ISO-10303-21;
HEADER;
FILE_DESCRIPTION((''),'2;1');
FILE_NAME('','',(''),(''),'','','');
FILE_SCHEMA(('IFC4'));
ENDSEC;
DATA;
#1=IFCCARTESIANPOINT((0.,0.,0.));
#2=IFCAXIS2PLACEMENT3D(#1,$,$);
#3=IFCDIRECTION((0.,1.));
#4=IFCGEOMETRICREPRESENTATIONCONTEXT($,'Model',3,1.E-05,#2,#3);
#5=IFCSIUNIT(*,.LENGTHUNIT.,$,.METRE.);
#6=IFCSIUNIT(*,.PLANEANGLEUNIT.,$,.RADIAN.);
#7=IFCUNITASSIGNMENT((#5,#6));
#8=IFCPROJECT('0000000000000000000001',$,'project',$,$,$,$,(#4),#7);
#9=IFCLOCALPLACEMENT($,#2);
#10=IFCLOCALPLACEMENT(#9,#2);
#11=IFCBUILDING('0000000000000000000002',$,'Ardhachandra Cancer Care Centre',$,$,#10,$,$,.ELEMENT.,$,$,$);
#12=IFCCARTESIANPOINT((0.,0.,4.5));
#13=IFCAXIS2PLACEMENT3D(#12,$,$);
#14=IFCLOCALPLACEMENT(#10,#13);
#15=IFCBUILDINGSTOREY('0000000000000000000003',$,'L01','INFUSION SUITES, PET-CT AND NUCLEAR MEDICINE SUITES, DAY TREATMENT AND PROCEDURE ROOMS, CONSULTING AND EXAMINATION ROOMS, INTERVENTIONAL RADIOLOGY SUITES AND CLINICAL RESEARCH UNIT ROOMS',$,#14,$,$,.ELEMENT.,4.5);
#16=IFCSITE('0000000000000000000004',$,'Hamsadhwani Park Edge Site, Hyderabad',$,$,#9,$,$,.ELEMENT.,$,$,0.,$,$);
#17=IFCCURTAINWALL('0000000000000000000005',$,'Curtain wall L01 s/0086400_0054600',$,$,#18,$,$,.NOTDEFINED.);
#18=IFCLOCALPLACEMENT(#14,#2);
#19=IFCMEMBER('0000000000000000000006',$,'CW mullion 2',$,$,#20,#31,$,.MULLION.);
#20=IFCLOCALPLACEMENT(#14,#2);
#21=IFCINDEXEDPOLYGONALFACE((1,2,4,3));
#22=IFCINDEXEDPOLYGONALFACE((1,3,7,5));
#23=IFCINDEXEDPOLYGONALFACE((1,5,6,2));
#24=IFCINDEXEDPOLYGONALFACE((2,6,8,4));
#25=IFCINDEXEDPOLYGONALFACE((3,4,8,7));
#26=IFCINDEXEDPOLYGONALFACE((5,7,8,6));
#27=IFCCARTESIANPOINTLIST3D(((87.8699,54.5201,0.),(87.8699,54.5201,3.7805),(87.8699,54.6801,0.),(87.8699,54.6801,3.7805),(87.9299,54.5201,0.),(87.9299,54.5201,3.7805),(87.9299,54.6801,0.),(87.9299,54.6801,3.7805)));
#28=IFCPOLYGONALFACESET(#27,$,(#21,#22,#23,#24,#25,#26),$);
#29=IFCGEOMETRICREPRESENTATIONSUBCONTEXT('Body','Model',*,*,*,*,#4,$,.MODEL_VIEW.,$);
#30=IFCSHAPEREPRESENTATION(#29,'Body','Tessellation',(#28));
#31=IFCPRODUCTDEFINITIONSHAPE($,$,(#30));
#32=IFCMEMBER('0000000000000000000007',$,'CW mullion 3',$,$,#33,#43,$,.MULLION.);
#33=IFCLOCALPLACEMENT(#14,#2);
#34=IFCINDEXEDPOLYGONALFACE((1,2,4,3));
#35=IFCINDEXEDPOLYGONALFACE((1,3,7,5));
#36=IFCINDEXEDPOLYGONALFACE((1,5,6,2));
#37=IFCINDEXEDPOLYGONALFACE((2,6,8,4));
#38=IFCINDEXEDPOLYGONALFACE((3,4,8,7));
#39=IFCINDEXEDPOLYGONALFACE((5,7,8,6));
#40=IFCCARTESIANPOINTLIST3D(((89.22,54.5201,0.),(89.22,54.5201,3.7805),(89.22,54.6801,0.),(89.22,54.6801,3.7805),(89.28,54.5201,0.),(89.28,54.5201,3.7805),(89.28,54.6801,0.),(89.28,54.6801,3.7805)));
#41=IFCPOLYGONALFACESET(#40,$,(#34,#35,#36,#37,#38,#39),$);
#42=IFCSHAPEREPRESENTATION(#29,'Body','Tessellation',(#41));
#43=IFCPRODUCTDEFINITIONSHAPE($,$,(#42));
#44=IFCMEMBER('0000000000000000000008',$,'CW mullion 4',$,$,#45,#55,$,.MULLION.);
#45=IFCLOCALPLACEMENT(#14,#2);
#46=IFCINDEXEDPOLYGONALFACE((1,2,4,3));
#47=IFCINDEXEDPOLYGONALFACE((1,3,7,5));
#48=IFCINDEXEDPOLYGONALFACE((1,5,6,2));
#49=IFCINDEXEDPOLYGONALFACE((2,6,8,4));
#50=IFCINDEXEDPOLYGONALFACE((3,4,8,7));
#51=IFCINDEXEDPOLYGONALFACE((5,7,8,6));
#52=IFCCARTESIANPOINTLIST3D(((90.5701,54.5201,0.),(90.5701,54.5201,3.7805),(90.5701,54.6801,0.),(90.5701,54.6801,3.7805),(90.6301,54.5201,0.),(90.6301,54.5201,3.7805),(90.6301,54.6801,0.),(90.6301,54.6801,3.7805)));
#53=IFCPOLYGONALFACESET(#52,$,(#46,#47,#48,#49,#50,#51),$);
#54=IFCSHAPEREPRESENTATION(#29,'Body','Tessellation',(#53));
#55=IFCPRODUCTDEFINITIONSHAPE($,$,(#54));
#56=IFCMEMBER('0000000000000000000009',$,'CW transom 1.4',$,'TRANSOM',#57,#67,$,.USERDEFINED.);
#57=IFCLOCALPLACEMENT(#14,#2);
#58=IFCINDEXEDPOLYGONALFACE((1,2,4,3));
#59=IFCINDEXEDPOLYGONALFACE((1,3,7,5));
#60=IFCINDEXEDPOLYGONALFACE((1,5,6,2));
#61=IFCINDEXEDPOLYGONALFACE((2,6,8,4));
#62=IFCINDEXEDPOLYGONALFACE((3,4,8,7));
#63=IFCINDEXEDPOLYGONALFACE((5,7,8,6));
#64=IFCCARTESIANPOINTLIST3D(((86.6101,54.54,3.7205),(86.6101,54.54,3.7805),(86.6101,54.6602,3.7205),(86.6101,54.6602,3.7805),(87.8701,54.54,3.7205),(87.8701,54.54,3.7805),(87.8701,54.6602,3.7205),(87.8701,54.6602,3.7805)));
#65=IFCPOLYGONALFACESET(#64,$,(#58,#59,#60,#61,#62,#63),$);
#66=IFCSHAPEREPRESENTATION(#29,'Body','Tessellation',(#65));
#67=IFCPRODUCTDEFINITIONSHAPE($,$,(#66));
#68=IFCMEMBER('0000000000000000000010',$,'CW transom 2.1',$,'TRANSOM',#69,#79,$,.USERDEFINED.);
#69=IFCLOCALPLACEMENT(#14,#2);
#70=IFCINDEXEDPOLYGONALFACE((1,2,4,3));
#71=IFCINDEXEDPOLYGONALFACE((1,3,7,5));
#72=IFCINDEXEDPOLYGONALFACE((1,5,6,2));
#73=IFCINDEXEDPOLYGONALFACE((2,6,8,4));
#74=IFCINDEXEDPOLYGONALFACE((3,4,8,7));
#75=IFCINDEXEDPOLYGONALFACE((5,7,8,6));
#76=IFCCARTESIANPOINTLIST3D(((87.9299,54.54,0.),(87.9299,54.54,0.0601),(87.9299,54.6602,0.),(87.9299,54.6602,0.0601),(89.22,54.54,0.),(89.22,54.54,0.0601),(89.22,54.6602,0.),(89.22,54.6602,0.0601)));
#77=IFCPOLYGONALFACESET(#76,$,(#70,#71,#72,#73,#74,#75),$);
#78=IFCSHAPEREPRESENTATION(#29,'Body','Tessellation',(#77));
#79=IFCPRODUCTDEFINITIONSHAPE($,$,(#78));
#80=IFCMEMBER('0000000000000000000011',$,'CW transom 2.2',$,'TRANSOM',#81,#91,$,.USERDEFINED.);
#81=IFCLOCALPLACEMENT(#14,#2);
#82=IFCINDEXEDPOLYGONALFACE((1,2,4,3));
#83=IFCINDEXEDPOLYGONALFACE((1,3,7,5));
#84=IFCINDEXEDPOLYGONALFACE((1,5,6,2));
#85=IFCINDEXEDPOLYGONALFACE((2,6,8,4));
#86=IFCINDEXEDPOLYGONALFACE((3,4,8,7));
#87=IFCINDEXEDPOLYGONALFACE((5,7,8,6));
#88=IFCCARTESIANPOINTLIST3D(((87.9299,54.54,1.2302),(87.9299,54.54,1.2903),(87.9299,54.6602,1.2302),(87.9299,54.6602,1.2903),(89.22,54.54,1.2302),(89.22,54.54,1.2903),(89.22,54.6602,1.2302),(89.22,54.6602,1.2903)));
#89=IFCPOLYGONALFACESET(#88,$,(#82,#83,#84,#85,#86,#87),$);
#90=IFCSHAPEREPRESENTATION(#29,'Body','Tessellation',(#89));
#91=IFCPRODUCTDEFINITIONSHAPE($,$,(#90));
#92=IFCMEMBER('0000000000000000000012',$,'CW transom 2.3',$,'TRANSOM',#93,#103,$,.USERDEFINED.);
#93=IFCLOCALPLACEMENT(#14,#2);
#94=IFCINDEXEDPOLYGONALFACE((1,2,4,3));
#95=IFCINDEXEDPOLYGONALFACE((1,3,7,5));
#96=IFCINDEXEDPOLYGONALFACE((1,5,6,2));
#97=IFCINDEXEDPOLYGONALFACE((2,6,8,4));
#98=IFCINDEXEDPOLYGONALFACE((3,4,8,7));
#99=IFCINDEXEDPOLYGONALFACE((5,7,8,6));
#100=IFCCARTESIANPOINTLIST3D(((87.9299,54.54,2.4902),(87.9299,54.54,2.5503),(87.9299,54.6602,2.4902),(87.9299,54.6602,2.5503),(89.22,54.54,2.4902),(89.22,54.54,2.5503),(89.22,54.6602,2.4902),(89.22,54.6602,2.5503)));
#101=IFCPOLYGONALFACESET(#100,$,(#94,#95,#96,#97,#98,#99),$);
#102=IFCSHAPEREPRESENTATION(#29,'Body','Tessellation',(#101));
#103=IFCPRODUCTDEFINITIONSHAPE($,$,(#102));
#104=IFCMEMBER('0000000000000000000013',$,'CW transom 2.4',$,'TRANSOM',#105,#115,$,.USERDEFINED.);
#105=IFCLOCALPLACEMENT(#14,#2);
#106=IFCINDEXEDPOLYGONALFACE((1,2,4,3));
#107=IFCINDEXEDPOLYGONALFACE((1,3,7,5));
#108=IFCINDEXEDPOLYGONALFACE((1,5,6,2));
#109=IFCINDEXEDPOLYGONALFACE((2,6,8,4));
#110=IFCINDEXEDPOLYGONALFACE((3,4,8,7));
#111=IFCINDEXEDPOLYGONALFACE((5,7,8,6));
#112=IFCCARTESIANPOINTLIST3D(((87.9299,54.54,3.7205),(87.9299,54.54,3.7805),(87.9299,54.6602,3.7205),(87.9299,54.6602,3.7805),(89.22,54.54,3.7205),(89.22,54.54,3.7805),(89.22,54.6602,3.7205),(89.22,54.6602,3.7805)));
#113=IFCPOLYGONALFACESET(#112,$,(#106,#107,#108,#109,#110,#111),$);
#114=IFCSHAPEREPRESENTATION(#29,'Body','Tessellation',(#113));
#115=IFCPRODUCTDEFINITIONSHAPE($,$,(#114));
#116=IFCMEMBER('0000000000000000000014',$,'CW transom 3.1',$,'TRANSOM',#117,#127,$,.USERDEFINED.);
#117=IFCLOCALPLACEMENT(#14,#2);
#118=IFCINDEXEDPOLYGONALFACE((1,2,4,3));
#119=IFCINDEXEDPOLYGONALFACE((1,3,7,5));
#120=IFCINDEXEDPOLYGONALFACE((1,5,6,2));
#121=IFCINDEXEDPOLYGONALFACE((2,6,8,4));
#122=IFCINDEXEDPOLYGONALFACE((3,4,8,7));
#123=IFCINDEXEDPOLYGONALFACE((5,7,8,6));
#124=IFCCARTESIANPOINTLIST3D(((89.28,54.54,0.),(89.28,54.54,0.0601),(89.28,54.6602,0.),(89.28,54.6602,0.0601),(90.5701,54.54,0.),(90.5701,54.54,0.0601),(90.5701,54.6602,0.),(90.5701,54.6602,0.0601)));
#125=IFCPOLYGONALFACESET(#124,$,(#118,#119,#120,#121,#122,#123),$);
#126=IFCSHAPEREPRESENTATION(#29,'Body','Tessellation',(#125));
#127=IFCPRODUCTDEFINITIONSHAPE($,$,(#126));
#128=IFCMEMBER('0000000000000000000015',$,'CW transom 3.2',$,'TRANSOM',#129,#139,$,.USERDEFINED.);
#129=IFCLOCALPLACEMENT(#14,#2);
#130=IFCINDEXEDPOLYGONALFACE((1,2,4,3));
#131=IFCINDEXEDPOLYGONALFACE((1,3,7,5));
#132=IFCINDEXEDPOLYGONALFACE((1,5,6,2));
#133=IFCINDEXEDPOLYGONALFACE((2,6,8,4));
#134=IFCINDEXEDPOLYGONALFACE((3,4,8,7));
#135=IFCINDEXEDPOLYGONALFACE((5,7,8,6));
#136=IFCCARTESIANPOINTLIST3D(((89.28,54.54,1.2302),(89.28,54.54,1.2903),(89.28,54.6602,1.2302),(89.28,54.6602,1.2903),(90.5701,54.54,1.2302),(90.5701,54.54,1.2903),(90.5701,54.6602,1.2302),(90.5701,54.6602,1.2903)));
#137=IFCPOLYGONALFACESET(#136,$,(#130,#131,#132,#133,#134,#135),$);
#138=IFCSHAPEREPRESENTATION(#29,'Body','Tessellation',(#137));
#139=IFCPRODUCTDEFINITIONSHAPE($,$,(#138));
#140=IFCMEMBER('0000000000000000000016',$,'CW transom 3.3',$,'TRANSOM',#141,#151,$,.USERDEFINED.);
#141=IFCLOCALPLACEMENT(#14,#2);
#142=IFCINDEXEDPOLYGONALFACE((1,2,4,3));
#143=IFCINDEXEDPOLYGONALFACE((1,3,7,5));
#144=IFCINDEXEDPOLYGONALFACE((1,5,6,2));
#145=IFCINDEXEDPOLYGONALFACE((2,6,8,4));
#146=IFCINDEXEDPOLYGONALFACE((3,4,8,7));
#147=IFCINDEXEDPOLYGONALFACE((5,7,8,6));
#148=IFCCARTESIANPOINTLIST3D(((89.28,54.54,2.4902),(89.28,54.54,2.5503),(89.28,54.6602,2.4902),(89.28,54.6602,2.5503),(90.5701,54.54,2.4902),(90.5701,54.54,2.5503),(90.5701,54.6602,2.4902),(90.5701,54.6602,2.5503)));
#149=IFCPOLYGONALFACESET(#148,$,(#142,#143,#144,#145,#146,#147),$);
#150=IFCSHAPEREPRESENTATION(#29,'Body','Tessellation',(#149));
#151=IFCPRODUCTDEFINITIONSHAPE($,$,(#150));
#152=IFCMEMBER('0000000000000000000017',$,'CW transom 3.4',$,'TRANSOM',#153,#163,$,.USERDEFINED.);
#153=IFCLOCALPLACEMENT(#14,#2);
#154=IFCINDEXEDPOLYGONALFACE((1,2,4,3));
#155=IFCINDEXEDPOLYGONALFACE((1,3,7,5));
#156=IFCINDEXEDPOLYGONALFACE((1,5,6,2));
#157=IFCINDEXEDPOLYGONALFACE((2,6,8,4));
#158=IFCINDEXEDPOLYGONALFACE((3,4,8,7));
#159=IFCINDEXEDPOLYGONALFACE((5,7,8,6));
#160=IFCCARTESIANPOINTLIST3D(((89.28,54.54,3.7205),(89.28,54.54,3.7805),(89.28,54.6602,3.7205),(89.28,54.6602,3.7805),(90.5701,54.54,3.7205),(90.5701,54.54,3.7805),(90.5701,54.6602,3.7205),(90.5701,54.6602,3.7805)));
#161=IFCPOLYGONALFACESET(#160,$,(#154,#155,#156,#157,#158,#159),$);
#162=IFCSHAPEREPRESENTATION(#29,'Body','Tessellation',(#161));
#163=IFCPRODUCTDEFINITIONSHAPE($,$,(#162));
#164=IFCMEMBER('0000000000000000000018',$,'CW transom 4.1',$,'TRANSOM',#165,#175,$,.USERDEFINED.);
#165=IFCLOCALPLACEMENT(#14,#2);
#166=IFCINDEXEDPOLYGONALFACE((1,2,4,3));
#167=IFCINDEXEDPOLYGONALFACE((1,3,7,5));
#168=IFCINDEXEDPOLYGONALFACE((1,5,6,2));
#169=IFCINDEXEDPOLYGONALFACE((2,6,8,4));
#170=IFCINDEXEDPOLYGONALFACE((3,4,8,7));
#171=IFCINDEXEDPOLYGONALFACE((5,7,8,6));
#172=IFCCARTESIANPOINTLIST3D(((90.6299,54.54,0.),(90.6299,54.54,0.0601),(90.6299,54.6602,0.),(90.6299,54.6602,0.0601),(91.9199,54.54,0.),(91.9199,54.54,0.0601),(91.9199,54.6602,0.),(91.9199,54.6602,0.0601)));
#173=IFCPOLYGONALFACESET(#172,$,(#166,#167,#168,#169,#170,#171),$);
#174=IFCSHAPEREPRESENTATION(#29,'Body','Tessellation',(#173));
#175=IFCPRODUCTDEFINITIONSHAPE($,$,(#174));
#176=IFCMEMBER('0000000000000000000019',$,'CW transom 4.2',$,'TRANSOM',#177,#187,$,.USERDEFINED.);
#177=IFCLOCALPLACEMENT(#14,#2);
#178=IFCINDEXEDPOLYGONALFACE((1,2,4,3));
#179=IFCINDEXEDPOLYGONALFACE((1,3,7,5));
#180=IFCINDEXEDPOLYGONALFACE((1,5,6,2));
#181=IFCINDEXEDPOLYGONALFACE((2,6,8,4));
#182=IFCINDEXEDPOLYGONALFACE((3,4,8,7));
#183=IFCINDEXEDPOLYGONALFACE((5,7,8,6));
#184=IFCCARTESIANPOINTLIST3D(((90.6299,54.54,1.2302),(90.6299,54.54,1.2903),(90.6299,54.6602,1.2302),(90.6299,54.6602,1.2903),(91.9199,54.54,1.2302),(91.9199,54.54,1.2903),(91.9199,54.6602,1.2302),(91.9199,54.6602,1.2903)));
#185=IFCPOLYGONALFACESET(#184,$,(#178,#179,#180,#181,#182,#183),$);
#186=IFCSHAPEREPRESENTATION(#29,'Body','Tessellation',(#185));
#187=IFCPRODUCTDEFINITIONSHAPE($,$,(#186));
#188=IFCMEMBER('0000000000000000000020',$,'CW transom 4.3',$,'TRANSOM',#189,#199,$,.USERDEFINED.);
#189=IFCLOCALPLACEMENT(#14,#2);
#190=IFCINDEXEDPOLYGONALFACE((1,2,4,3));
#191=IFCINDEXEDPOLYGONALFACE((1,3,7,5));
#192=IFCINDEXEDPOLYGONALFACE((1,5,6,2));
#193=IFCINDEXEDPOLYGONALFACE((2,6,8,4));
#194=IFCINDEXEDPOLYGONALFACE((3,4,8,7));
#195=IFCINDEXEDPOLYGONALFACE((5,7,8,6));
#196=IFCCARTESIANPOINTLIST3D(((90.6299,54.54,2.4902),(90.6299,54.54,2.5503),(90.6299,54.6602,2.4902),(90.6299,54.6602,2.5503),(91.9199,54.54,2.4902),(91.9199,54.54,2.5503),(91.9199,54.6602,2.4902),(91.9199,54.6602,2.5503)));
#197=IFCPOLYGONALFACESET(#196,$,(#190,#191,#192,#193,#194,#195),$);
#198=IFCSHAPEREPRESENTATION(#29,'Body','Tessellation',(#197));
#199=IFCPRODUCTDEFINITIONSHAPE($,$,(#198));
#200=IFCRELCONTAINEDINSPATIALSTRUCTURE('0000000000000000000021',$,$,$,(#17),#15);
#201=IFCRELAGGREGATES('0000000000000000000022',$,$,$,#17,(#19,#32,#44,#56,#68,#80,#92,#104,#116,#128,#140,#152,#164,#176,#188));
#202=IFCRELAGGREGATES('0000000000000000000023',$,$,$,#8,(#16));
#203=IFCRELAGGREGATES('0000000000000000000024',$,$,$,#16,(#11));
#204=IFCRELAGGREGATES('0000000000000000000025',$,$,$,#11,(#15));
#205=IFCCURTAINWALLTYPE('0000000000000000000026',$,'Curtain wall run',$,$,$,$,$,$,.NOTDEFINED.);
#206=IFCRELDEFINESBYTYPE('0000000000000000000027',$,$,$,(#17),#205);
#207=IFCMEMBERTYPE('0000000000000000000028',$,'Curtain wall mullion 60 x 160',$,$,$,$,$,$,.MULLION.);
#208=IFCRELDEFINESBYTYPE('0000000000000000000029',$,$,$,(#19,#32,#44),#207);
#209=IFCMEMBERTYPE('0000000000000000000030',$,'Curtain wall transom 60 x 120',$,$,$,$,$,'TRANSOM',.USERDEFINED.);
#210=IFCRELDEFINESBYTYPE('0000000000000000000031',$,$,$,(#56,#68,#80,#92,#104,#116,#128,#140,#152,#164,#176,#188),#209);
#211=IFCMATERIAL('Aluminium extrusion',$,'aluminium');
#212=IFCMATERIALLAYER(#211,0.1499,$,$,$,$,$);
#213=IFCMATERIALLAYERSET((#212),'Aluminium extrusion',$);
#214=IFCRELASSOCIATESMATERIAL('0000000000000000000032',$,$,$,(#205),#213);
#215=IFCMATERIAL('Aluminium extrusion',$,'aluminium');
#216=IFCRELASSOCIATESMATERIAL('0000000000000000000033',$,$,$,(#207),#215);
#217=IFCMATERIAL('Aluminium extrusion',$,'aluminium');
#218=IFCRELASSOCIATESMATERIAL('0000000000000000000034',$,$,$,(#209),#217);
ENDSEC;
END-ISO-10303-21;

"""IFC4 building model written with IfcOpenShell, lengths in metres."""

from ifc_helpers import new_model, si_unit, direction, frame, origin, origin_2d, place, context, subcontext, project, spatial, rectangle, extrude, material, layer, layer_set, material_profile, profile_set, type_object, element, aggregate, save


model = new_model("IFC4")

# Units and contexts
model_context = context("Model", 3, precision=1e-05, world=origin(), true_north=direction((0.0, 1.0)))
body_context = subcontext(model_context, "Body", "Model", "MODEL_VIEW")
ifc_project = project(units=[si_unit("LENGTHUNIT", "METRE"), si_unit("PLANEANGLEUNIT", "RADIAN")], contexts=[model_context])

# Site, building, storey
site_placement = place(None, origin())
site = spatial("IfcSite", under=ifc_project, at=site_placement, Name="Hamsadhwani Park Edge Site, Hyderabad", CompositionType="ELEMENT", RefElevation=0.0)
building_placement = place(site_placement, origin())
building = spatial("IfcBuilding", under=site, at=building_placement, Name="Ardhachandra Cancer Care Centre", CompositionType="ELEMENT")
storey_placement = place(building_placement, frame((0.0, 0.0, 4.5)))
storey = spatial("IfcBuildingStorey", under=building, at=storey_placement, Name="L01", Description="INFUSION SUITES, PET-CT AND NUCLEAR MEDICINE SUITES, DAY TREATMENT AND PROCEDURE ROOMS, CONSULTING AND EXAMINATION ROOMS, INTERVENTIONAL RADIOLOGY SUITES AND CLINICAL RESEARCH UNIT ROOMS", CompositionType="ELEMENT", Elevation=4.5)

# Curtain wall, members
ifc_material_1 = material(Name="Aluminium extrusion", Category="aluminium")
ifc_layer_1 = layer(ifc_material_1, 0.1499)
ifc_layer_set_1 = layer_set([ifc_layer_1], Name="Aluminium extrusion")
curtain_wall_type = type_object("IfcCurtainWallType", Name="Curtain wall run", PredefinedType="NOTDEFINED", material=ifc_layer_set_1)
curtain_wall_placement = place(storey_placement, origin())
curtain_wall = element("IfcCurtainWall", 1, at=curtain_wall_placement, inside=storey, type_object=curtain_wall_type, Name="Curtain wall L01 s/0086400_0054600", PredefinedType="NOTDEFINED")
ifc_material_2 = material(Name="Aluminium extrusion", Category="aluminium")
ifc_material_profile_1 = material_profile(ifc_material_2, rectangle(XDim=0.1599, YDim=0.0601, at=origin_2d()), Name="Curtain wall mullion 60 x 160")
ifc_profile_set_1 = profile_set([ifc_material_profile_1], Name="Aluminium extrusion")
member_type_1 = type_object("IfcMemberType", Name="Curtain wall mullion 60 x 160", PredefinedType="MULLION", material=ifc_profile_set_1)
member_1_placement = place(storey_placement, frame((87.8999, 54.6001, 0.0), z_axis=(0.0, 0.0, 1.0), x_axis=(0.0, 1.0, 0.0)))
member_1 = element("IfcMember", 2, at=member_1_placement, type_object=member_type_1, Name="CW mullion 2", PredefinedType="MULLION", context=body_context, shape_type="SweptSolid", body=[
    extrude(rectangle(XDim=0.1599, YDim=0.0601, at=origin_2d()), origin(), (0.0, 0.0, 1.0), 3.7805),
])
member_2_placement = place(storey_placement, frame((89.25, 54.6001, 0.0), z_axis=(0.0, 0.0, 1.0), x_axis=(0.0, 1.0, 0.0)))
member_2 = element("IfcMember", 3, at=member_2_placement, type_object=member_type_1, Name="CW mullion 3", PredefinedType="MULLION", context=body_context, shape_type="SweptSolid", body=[
    extrude(rectangle(XDim=0.1599, YDim=0.0601, at=origin_2d()), origin(), (0.0, 0.0, 1.0), 3.7805),
])
member_3_placement = place(storey_placement, frame((90.6001, 54.6001, 0.0), z_axis=(0.0, 0.0, 1.0), x_axis=(0.0, 1.0, 0.0)))
member_3 = element("IfcMember", 4, at=member_3_placement, type_object=member_type_1, Name="CW mullion 4", PredefinedType="MULLION", context=body_context, shape_type="SweptSolid", body=[
    extrude(rectangle(XDim=0.1599, YDim=0.0601, at=origin_2d()), origin(), (0.0, 0.0, 1.0), 3.7805),
])
ifc_material_3 = material(Name="Aluminium extrusion", Category="aluminium")
ifc_material_profile_2 = material_profile(ifc_material_3, rectangle(XDim=0.1201, YDim=0.0601, at=origin_2d()), Name="Curtain wall transom 60 x 120")
ifc_profile_set_2 = profile_set([ifc_material_profile_2], Name="Aluminium extrusion")
member_type_2 = type_object("IfcMemberType", Name="Curtain wall transom 60 x 120", ElementType="TRANSOM", PredefinedType="USERDEFINED", material=ifc_profile_set_2)
member_4_placement = place(storey_placement, frame((86.6101, 54.6001, 3.7505), z_axis=(1.0, 0.0, 0.0), x_axis=(0.0, 1.0, 0.0)))
member_4 = element("IfcMember", 5, at=member_4_placement, type_object=member_type_2, Name="CW transom 1.4", ObjectType="TRANSOM", PredefinedType="USERDEFINED", context=body_context, shape_type="SweptSolid", body=[
    extrude(rectangle(XDim=0.1201, YDim=0.0601, at=origin_2d()), origin(), (0.0, 0.0, 1.0), 1.26),
])
member_5_placement = place(storey_placement, frame((87.9299, 54.6001, 0.03), z_axis=(1.0, 0.0, 0.0), x_axis=(0.0, 1.0, 0.0)))
member_5 = element("IfcMember", 6, at=member_5_placement, type_object=member_type_2, Name="CW transom 2.1", ObjectType="TRANSOM", PredefinedType="USERDEFINED", context=body_context, shape_type="SweptSolid", body=[
    extrude(rectangle(XDim=0.1201, YDim=0.0601, at=origin_2d()), origin(), (0.0, 0.0, 1.0), 1.29),
])
member_6_placement = place(storey_placement, frame((87.9299, 54.6001, 1.2603), z_axis=(1.0, 0.0, 0.0), x_axis=(0.0, 1.0, 0.0)))
member_6 = element("IfcMember", 7, at=member_6_placement, type_object=member_type_2, Name="CW transom 2.2", ObjectType="TRANSOM", PredefinedType="USERDEFINED", context=body_context, shape_type="SweptSolid", body=[
    extrude(rectangle(XDim=0.1201, YDim=0.0601, at=origin_2d()), origin(), (0.0, 0.0, 1.0), 1.29),
])
member_7_placement = place(storey_placement, frame((87.9299, 54.6001, 2.5203), z_axis=(1.0, 0.0, 0.0), x_axis=(0.0, 1.0, 0.0)))
member_7 = element("IfcMember", 8, at=member_7_placement, type_object=member_type_2, Name="CW transom 2.3", ObjectType="TRANSOM", PredefinedType="USERDEFINED", context=body_context, shape_type="SweptSolid", body=[
    extrude(rectangle(XDim=0.1201, YDim=0.0601, at=origin_2d()), origin(), (0.0, 0.0, 1.0), 1.29),
])
member_8_placement = place(storey_placement, frame((87.9299, 54.6001, 3.7505), z_axis=(1.0, 0.0, 0.0), x_axis=(0.0, 1.0, 0.0)))
member_8 = element("IfcMember", 9, at=member_8_placement, type_object=member_type_2, Name="CW transom 2.4", ObjectType="TRANSOM", PredefinedType="USERDEFINED", context=body_context, shape_type="SweptSolid", body=[
    extrude(rectangle(XDim=0.1201, YDim=0.0601, at=origin_2d()), origin(), (0.0, 0.0, 1.0), 1.29),
])
member_9_placement = place(storey_placement, frame((89.28, 54.6001, 0.03), z_axis=(1.0, 0.0, 0.0), x_axis=(0.0, 1.0, 0.0)))
member_9 = element("IfcMember", 10, at=member_9_placement, type_object=member_type_2, Name="CW transom 3.1", ObjectType="TRANSOM", PredefinedType="USERDEFINED", context=body_context, shape_type="SweptSolid", body=[
    extrude(rectangle(XDim=0.1201, YDim=0.0601, at=origin_2d()), origin(), (0.0, 0.0, 1.0), 1.29),
])
member_10_placement = place(storey_placement, frame((89.28, 54.6001, 1.2603), z_axis=(1.0, 0.0, 0.0), x_axis=(0.0, 1.0, 0.0)))
member_10 = element("IfcMember", 11, at=member_10_placement, type_object=member_type_2, Name="CW transom 3.2", ObjectType="TRANSOM", PredefinedType="USERDEFINED", context=body_context, shape_type="SweptSolid", body=[
    extrude(rectangle(XDim=0.1201, YDim=0.0601, at=origin_2d()), origin(), (0.0, 0.0, 1.0), 1.29),
])
member_11_placement = place(storey_placement, frame((89.28, 54.6001, 2.5203), z_axis=(1.0, 0.0, 0.0), x_axis=(0.0, 1.0, 0.0)))
member_11 = element("IfcMember", 12, at=member_11_placement, type_object=member_type_2, Name="CW transom 3.3", ObjectType="TRANSOM", PredefinedType="USERDEFINED", context=body_context, shape_type="SweptSolid", body=[
    extrude(rectangle(XDim=0.1201, YDim=0.0601, at=origin_2d()), origin(), (0.0, 0.0, 1.0), 1.29),
])
member_12_placement = place(storey_placement, frame((89.28, 54.6001, 3.7505), z_axis=(1.0, 0.0, 0.0), x_axis=(0.0, 1.0, 0.0)))
member_12 = element("IfcMember", 13, at=member_12_placement, type_object=member_type_2, Name="CW transom 3.4", ObjectType="TRANSOM", PredefinedType="USERDEFINED", context=body_context, shape_type="SweptSolid", body=[
    extrude(rectangle(XDim=0.1201, YDim=0.0601, at=origin_2d()), origin(), (0.0, 0.0, 1.0), 1.29),
])
member_13_placement = place(storey_placement, frame((90.6299, 54.6001, 0.03), z_axis=(1.0, 0.0, 0.0), x_axis=(0.0, 1.0, 0.0)))
member_13 = element("IfcMember", 14, at=member_13_placement, type_object=member_type_2, Name="CW transom 4.1", ObjectType="TRANSOM", PredefinedType="USERDEFINED", context=body_context, shape_type="SweptSolid", body=[
    extrude(rectangle(XDim=0.1201, YDim=0.0601, at=origin_2d()), origin(), (0.0, 0.0, 1.0), 1.29),
])
member_14_placement = place(storey_placement, frame((90.6299, 54.6001, 1.2603), z_axis=(1.0, 0.0, 0.0), x_axis=(0.0, 1.0, 0.0)))
member_14 = element("IfcMember", 15, at=member_14_placement, type_object=member_type_2, Name="CW transom 4.2", ObjectType="TRANSOM", PredefinedType="USERDEFINED", context=body_context, shape_type="SweptSolid", body=[
    extrude(rectangle(XDim=0.1201, YDim=0.0601, at=origin_2d()), origin(), (0.0, 0.0, 1.0), 1.29),
])
member_15_placement = place(storey_placement, frame((90.6299, 54.6001, 2.5203), z_axis=(1.0, 0.0, 0.0), x_axis=(0.0, 1.0, 0.0)))
member_15 = element("IfcMember", 16, at=member_15_placement, type_object=member_type_2, Name="CW transom 4.3", ObjectType="TRANSOM", PredefinedType="USERDEFINED", context=body_context, shape_type="SweptSolid", body=[
    extrude(rectangle(XDim=0.1201, YDim=0.0601, at=origin_2d()), origin(), (0.0, 0.0, 1.0), 1.29),
])
aggregate(curtain_wall, [member_1, member_2, member_3, member_4, member_5, member_6, member_7, member_8, member_9, member_10, member_11, member_12, member_13, member_14, member_15])

save(model, "model.ifc")
